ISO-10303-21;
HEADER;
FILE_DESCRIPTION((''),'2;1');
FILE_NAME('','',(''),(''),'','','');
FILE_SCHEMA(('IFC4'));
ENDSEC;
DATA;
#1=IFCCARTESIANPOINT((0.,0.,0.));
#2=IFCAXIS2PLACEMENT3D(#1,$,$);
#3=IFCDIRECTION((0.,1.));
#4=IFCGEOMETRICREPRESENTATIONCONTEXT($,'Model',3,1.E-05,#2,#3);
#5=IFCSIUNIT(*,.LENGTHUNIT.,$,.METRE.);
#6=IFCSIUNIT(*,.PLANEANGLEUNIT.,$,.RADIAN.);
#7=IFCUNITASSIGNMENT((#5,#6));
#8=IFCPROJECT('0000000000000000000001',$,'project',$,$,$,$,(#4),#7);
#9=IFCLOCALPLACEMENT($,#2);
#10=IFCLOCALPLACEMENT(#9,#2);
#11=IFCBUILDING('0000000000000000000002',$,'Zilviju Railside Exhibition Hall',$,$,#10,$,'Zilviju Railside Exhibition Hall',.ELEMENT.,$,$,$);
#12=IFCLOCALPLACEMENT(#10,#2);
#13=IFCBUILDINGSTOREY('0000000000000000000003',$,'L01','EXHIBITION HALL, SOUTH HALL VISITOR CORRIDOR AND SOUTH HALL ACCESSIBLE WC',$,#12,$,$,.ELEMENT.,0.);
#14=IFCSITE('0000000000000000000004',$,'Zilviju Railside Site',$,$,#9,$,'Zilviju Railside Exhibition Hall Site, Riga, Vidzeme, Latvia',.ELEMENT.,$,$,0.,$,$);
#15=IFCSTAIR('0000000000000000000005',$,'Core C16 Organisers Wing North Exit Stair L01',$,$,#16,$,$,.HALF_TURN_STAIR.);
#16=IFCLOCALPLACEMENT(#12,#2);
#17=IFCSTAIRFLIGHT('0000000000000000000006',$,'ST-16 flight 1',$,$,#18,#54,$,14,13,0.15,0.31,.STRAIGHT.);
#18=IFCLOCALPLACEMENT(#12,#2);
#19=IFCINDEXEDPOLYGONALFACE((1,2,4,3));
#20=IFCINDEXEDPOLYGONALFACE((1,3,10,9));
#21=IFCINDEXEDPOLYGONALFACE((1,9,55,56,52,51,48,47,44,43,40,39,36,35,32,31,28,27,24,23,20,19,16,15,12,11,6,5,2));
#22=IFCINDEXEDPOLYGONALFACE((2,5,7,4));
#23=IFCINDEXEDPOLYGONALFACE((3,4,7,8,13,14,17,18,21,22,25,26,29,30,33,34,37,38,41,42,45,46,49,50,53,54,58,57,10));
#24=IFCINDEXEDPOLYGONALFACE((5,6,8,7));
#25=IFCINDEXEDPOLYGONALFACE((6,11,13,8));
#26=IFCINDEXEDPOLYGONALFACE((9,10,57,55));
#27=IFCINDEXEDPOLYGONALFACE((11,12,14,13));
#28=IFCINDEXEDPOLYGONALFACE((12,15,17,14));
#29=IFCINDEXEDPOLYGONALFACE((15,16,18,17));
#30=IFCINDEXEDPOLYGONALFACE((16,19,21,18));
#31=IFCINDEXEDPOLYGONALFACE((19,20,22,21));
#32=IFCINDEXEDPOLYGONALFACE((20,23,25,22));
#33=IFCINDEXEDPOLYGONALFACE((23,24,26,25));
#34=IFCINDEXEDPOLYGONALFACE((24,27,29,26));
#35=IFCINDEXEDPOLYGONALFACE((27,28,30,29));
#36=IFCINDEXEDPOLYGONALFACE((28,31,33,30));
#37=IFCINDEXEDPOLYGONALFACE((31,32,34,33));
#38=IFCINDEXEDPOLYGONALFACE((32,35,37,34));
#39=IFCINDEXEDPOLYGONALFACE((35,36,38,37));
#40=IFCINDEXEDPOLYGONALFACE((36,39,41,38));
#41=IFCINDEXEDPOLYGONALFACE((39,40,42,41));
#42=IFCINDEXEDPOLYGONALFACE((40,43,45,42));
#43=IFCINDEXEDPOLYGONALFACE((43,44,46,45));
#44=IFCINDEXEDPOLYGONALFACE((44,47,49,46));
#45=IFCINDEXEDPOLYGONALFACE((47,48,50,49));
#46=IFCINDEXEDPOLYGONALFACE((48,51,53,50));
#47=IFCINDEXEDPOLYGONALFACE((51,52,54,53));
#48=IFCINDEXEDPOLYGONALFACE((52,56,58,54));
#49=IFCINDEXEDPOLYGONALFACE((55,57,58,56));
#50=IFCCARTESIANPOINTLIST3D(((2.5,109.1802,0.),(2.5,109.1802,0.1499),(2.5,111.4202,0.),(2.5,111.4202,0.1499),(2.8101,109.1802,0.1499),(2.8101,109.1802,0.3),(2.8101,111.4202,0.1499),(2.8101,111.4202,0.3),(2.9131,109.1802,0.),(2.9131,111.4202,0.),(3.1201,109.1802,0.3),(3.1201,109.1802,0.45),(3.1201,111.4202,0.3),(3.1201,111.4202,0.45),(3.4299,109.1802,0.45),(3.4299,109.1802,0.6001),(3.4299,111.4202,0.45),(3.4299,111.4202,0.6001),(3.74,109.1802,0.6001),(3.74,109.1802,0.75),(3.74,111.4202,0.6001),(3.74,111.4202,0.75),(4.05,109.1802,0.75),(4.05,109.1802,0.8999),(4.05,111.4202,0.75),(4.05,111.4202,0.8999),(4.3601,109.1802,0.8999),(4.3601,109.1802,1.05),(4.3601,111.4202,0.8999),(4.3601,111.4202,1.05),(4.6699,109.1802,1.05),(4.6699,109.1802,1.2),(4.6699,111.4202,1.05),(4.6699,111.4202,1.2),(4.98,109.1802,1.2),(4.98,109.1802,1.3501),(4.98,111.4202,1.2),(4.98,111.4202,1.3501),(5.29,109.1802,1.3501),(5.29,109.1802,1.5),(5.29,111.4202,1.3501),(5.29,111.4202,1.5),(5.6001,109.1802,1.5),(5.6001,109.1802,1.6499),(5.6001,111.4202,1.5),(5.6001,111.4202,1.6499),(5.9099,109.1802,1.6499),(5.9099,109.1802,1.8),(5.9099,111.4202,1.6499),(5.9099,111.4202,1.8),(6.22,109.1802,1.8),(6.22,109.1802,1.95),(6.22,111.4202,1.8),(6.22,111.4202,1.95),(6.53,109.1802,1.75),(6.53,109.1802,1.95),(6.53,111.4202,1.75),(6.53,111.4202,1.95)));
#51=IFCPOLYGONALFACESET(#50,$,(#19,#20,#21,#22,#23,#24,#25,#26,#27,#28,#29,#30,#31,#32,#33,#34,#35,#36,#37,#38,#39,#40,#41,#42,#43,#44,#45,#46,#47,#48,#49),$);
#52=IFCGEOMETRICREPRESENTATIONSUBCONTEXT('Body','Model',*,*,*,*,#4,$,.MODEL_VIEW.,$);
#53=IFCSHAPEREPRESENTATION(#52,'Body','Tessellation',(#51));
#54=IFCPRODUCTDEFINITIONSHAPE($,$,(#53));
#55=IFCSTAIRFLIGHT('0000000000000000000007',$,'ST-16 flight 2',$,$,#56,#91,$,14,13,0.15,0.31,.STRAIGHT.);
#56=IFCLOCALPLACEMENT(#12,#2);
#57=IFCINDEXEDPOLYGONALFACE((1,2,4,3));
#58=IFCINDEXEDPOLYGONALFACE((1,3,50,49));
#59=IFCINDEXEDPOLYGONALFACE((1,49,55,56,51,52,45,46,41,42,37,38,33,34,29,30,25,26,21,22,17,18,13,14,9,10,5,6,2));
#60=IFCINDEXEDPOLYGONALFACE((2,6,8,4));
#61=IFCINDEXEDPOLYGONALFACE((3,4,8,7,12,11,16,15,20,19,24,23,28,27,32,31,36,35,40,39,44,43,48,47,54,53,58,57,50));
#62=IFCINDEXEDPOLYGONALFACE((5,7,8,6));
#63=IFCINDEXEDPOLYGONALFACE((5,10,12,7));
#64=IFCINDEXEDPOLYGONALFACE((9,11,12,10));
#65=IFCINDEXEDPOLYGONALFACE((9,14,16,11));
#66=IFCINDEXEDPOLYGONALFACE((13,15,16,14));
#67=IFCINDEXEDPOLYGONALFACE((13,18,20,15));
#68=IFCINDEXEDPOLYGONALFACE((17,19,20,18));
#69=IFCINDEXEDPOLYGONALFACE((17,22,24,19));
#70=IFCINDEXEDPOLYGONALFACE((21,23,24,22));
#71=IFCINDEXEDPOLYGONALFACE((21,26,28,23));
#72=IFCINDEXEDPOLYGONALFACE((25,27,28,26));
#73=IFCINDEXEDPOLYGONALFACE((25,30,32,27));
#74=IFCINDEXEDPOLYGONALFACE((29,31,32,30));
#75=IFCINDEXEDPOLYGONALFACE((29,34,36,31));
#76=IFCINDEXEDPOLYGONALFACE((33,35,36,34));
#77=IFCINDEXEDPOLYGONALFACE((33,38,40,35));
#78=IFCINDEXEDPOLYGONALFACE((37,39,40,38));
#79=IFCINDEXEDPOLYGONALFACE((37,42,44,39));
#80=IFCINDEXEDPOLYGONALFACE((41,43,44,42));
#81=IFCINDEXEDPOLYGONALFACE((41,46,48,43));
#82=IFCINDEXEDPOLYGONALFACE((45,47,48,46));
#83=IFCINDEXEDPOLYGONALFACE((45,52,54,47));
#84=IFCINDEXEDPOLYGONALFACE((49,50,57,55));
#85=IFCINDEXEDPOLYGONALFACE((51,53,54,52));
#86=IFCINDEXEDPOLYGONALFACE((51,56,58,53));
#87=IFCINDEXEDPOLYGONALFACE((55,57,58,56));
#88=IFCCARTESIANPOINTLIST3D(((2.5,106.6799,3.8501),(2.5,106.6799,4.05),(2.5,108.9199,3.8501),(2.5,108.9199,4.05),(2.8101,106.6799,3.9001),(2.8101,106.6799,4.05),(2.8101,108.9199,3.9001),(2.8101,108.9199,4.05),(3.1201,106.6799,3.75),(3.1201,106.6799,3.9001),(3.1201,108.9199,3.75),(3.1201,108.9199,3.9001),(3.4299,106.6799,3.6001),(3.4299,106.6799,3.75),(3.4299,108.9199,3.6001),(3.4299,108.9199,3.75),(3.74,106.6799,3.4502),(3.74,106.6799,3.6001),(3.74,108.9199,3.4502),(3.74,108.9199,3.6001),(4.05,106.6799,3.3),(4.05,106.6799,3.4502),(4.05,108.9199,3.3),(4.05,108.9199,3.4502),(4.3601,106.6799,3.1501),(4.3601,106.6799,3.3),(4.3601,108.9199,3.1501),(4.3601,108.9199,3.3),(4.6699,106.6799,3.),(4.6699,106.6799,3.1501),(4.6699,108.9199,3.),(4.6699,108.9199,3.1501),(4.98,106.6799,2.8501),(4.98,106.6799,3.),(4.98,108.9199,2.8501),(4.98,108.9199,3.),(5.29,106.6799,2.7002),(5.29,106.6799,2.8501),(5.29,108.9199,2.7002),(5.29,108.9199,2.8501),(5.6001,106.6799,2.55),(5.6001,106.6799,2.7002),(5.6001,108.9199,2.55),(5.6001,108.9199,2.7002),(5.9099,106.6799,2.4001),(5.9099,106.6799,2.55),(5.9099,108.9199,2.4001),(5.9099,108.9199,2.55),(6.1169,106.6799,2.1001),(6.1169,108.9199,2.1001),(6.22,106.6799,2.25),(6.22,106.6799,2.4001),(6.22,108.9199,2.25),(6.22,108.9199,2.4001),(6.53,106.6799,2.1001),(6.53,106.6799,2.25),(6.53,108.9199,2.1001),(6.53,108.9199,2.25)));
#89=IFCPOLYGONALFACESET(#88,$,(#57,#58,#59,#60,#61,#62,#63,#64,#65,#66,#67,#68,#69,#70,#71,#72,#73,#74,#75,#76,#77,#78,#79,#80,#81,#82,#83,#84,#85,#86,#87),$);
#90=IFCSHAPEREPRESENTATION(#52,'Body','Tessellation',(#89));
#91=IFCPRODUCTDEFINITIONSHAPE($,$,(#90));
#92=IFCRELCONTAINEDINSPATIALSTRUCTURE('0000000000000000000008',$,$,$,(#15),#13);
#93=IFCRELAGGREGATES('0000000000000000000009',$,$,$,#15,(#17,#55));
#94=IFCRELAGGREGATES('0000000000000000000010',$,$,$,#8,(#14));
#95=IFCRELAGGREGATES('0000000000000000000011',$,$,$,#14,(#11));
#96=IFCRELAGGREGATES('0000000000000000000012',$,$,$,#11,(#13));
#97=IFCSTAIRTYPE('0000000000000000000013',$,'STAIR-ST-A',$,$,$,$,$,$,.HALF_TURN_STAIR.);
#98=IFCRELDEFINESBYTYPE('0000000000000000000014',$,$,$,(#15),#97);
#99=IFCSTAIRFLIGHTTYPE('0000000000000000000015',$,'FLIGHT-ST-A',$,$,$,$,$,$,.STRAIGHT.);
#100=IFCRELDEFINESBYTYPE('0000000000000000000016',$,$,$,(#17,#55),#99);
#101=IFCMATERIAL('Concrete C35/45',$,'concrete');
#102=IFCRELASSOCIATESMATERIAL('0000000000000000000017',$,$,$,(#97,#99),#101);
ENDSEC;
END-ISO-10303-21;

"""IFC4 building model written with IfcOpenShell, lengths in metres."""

from ifc_helpers import new_model, si_unit, direction, frame, origin, place, context, subcontext, project, spatial, polyline, outline, extrude, material, type_object, element, aggregate, save


model = new_model("IFC4")

# Units and contexts
model_context = context("Model", 3, precision=1e-05, world=origin(), true_north=direction((0.0, 1.0)))
body_context = subcontext(model_context, "Body", "Model", "MODEL_VIEW")
ifc_project = project(units=[si_unit("LENGTHUNIT", "METRE"), si_unit("PLANEANGLEUNIT", "RADIAN")], contexts=[model_context])

# Site, building, storey
site_placement = place(None, origin())
site = spatial("IfcSite", under=ifc_project, at=site_placement, Name="Zilviju Railside Site", LongName="Zilviju Railside Exhibition Hall Site, Riga, Vidzeme, Latvia", CompositionType="ELEMENT", RefElevation=0.0)
building_placement = place(site_placement, origin())
building = spatial("IfcBuilding", under=site, at=building_placement, Name="Zilviju Railside Exhibition Hall", LongName="Zilviju Railside Exhibition Hall", CompositionType="ELEMENT")
storey_placement = place(building_placement, origin())
storey = spatial("IfcBuildingStorey", under=building, at=storey_placement, Name="L01", Description="EXHIBITION HALL, SOUTH HALL VISITOR CORRIDOR AND SOUTH HALL ACCESSIBLE WC", CompositionType="ELEMENT", Elevation=0.0)

# Shared definitions
ifc_material_1 = material(Name="Concrete C35/45", Category="concrete")

# Stair, stair flights
stair_type = type_object("IfcStairType", Name="STAIR-ST-A", PredefinedType="HALF_TURN_STAIR", material=ifc_material_1)
stair_placement = place(storey_placement, origin())
stair = element("IfcStair", 1, at=stair_placement, inside=storey, type_object=stair_type, Name="Core C16 Organisers Wing North Exit Stair L01", PredefinedType="HALF_TURN_STAIR")
stair_flight_type = type_object("IfcStairFlightType", Name="FLIGHT-ST-A", PredefinedType="STRAIGHT", material=ifc_material_1)
stair_flight_1_placement = place(storey_placement, frame((2.5, 110.3, 0.0), z_axis=(0.0, 0.0, 1.0), x_axis=(1.0, 0.0, 0.0)))
stair_flight_1 = element("IfcStairFlight", 2, at=stair_flight_1_placement, type_object=stair_flight_type, Name="ST-16 flight 1", NumberOfRisers=14, NumberOfTreads=13, PredefinedType="STRAIGHT", RiserHeight=0.15, TreadLength=0.31, context=body_context, shape_type="SweptSolid", body=[
    extrude(outline(polyline([(0.0, 0.0), (0.0, 0.1499), (0.3101, 0.1499), (0.3101, 0.3), (0.6201, 0.3), (0.6201, 0.45), (0.9299, 0.45), (0.9299, 0.6001), (1.24, 0.6001), (1.24, 0.75), (1.55, 0.75), (1.55, 0.8999), (1.8601, 0.8999), (1.8601, 1.05), (2.1699, 1.05), (2.1699, 1.2), (2.48, 1.2), (2.48, 1.3501), (2.79, 1.3501), (2.79, 1.5), (3.1001, 1.5), (3.1001, 1.6499), (3.4099, 1.6499), (3.4099, 1.8), (3.72, 1.8), (3.72, 1.95), (4.03, 1.95), (4.03, 2.1001), (4.03, 1.75), (0.4131, 0.0), (0.0, 0.0)])), frame((0.0, 1.1201, 0.0), z_axis=(0.0, -1.0, 0.0), x_axis=(1.0, 0.0, 0.0)), (0.0, 0.0, 1.0), 2.24),
])
stair_flight_2_placement = place(storey_placement, frame((6.53, 107.8, 2.1001), z_axis=(0.0, 0.0, 1.0), x_axis=(-1.0, 0.0, 0.0)))
stair_flight_2 = element("IfcStairFlight", 3, at=stair_flight_2_placement, type_object=stair_flight_type, Name="ST-16 flight 2", NumberOfRisers=14, NumberOfTreads=13, PredefinedType="STRAIGHT", RiserHeight=0.15, TreadLength=0.31, context=body_context, shape_type="SweptSolid", body=[
    extrude(outline(polyline([(0.0, 0.0), (0.0, 0.1499), (0.3101, 0.1499), (0.3101, 0.3), (0.6201, 0.3), (0.6201, 0.45), (0.9299, 0.45), (0.9299, 0.6001), (1.24, 0.6001), (1.24, 0.75), (1.55, 0.75), (1.55, 0.8999), (1.8601, 0.8999), (1.8601, 1.05), (2.1699, 1.05), (2.1699, 1.2), (2.48, 1.2), (2.48, 1.3501), (2.79, 1.3501), (2.79, 1.5), (3.1001, 1.5), (3.1001, 1.6499), (3.4099, 1.6499), (3.4099, 1.8), (3.72, 1.8), (3.72, 1.95), (4.03, 1.95), (4.03, 2.1001), (4.03, 1.75), (0.4131, 0.0), (0.0, 0.0)])), frame((0.0, 1.1201, 0.0), z_axis=(0.0, -1.0, 0.0), x_axis=(1.0, 0.0, 0.0)), (0.0, 0.0, 1.0), 2.24),
])
aggregate(stair, [stair_flight_1, stair_flight_2])

save(model, "model.ifc")
